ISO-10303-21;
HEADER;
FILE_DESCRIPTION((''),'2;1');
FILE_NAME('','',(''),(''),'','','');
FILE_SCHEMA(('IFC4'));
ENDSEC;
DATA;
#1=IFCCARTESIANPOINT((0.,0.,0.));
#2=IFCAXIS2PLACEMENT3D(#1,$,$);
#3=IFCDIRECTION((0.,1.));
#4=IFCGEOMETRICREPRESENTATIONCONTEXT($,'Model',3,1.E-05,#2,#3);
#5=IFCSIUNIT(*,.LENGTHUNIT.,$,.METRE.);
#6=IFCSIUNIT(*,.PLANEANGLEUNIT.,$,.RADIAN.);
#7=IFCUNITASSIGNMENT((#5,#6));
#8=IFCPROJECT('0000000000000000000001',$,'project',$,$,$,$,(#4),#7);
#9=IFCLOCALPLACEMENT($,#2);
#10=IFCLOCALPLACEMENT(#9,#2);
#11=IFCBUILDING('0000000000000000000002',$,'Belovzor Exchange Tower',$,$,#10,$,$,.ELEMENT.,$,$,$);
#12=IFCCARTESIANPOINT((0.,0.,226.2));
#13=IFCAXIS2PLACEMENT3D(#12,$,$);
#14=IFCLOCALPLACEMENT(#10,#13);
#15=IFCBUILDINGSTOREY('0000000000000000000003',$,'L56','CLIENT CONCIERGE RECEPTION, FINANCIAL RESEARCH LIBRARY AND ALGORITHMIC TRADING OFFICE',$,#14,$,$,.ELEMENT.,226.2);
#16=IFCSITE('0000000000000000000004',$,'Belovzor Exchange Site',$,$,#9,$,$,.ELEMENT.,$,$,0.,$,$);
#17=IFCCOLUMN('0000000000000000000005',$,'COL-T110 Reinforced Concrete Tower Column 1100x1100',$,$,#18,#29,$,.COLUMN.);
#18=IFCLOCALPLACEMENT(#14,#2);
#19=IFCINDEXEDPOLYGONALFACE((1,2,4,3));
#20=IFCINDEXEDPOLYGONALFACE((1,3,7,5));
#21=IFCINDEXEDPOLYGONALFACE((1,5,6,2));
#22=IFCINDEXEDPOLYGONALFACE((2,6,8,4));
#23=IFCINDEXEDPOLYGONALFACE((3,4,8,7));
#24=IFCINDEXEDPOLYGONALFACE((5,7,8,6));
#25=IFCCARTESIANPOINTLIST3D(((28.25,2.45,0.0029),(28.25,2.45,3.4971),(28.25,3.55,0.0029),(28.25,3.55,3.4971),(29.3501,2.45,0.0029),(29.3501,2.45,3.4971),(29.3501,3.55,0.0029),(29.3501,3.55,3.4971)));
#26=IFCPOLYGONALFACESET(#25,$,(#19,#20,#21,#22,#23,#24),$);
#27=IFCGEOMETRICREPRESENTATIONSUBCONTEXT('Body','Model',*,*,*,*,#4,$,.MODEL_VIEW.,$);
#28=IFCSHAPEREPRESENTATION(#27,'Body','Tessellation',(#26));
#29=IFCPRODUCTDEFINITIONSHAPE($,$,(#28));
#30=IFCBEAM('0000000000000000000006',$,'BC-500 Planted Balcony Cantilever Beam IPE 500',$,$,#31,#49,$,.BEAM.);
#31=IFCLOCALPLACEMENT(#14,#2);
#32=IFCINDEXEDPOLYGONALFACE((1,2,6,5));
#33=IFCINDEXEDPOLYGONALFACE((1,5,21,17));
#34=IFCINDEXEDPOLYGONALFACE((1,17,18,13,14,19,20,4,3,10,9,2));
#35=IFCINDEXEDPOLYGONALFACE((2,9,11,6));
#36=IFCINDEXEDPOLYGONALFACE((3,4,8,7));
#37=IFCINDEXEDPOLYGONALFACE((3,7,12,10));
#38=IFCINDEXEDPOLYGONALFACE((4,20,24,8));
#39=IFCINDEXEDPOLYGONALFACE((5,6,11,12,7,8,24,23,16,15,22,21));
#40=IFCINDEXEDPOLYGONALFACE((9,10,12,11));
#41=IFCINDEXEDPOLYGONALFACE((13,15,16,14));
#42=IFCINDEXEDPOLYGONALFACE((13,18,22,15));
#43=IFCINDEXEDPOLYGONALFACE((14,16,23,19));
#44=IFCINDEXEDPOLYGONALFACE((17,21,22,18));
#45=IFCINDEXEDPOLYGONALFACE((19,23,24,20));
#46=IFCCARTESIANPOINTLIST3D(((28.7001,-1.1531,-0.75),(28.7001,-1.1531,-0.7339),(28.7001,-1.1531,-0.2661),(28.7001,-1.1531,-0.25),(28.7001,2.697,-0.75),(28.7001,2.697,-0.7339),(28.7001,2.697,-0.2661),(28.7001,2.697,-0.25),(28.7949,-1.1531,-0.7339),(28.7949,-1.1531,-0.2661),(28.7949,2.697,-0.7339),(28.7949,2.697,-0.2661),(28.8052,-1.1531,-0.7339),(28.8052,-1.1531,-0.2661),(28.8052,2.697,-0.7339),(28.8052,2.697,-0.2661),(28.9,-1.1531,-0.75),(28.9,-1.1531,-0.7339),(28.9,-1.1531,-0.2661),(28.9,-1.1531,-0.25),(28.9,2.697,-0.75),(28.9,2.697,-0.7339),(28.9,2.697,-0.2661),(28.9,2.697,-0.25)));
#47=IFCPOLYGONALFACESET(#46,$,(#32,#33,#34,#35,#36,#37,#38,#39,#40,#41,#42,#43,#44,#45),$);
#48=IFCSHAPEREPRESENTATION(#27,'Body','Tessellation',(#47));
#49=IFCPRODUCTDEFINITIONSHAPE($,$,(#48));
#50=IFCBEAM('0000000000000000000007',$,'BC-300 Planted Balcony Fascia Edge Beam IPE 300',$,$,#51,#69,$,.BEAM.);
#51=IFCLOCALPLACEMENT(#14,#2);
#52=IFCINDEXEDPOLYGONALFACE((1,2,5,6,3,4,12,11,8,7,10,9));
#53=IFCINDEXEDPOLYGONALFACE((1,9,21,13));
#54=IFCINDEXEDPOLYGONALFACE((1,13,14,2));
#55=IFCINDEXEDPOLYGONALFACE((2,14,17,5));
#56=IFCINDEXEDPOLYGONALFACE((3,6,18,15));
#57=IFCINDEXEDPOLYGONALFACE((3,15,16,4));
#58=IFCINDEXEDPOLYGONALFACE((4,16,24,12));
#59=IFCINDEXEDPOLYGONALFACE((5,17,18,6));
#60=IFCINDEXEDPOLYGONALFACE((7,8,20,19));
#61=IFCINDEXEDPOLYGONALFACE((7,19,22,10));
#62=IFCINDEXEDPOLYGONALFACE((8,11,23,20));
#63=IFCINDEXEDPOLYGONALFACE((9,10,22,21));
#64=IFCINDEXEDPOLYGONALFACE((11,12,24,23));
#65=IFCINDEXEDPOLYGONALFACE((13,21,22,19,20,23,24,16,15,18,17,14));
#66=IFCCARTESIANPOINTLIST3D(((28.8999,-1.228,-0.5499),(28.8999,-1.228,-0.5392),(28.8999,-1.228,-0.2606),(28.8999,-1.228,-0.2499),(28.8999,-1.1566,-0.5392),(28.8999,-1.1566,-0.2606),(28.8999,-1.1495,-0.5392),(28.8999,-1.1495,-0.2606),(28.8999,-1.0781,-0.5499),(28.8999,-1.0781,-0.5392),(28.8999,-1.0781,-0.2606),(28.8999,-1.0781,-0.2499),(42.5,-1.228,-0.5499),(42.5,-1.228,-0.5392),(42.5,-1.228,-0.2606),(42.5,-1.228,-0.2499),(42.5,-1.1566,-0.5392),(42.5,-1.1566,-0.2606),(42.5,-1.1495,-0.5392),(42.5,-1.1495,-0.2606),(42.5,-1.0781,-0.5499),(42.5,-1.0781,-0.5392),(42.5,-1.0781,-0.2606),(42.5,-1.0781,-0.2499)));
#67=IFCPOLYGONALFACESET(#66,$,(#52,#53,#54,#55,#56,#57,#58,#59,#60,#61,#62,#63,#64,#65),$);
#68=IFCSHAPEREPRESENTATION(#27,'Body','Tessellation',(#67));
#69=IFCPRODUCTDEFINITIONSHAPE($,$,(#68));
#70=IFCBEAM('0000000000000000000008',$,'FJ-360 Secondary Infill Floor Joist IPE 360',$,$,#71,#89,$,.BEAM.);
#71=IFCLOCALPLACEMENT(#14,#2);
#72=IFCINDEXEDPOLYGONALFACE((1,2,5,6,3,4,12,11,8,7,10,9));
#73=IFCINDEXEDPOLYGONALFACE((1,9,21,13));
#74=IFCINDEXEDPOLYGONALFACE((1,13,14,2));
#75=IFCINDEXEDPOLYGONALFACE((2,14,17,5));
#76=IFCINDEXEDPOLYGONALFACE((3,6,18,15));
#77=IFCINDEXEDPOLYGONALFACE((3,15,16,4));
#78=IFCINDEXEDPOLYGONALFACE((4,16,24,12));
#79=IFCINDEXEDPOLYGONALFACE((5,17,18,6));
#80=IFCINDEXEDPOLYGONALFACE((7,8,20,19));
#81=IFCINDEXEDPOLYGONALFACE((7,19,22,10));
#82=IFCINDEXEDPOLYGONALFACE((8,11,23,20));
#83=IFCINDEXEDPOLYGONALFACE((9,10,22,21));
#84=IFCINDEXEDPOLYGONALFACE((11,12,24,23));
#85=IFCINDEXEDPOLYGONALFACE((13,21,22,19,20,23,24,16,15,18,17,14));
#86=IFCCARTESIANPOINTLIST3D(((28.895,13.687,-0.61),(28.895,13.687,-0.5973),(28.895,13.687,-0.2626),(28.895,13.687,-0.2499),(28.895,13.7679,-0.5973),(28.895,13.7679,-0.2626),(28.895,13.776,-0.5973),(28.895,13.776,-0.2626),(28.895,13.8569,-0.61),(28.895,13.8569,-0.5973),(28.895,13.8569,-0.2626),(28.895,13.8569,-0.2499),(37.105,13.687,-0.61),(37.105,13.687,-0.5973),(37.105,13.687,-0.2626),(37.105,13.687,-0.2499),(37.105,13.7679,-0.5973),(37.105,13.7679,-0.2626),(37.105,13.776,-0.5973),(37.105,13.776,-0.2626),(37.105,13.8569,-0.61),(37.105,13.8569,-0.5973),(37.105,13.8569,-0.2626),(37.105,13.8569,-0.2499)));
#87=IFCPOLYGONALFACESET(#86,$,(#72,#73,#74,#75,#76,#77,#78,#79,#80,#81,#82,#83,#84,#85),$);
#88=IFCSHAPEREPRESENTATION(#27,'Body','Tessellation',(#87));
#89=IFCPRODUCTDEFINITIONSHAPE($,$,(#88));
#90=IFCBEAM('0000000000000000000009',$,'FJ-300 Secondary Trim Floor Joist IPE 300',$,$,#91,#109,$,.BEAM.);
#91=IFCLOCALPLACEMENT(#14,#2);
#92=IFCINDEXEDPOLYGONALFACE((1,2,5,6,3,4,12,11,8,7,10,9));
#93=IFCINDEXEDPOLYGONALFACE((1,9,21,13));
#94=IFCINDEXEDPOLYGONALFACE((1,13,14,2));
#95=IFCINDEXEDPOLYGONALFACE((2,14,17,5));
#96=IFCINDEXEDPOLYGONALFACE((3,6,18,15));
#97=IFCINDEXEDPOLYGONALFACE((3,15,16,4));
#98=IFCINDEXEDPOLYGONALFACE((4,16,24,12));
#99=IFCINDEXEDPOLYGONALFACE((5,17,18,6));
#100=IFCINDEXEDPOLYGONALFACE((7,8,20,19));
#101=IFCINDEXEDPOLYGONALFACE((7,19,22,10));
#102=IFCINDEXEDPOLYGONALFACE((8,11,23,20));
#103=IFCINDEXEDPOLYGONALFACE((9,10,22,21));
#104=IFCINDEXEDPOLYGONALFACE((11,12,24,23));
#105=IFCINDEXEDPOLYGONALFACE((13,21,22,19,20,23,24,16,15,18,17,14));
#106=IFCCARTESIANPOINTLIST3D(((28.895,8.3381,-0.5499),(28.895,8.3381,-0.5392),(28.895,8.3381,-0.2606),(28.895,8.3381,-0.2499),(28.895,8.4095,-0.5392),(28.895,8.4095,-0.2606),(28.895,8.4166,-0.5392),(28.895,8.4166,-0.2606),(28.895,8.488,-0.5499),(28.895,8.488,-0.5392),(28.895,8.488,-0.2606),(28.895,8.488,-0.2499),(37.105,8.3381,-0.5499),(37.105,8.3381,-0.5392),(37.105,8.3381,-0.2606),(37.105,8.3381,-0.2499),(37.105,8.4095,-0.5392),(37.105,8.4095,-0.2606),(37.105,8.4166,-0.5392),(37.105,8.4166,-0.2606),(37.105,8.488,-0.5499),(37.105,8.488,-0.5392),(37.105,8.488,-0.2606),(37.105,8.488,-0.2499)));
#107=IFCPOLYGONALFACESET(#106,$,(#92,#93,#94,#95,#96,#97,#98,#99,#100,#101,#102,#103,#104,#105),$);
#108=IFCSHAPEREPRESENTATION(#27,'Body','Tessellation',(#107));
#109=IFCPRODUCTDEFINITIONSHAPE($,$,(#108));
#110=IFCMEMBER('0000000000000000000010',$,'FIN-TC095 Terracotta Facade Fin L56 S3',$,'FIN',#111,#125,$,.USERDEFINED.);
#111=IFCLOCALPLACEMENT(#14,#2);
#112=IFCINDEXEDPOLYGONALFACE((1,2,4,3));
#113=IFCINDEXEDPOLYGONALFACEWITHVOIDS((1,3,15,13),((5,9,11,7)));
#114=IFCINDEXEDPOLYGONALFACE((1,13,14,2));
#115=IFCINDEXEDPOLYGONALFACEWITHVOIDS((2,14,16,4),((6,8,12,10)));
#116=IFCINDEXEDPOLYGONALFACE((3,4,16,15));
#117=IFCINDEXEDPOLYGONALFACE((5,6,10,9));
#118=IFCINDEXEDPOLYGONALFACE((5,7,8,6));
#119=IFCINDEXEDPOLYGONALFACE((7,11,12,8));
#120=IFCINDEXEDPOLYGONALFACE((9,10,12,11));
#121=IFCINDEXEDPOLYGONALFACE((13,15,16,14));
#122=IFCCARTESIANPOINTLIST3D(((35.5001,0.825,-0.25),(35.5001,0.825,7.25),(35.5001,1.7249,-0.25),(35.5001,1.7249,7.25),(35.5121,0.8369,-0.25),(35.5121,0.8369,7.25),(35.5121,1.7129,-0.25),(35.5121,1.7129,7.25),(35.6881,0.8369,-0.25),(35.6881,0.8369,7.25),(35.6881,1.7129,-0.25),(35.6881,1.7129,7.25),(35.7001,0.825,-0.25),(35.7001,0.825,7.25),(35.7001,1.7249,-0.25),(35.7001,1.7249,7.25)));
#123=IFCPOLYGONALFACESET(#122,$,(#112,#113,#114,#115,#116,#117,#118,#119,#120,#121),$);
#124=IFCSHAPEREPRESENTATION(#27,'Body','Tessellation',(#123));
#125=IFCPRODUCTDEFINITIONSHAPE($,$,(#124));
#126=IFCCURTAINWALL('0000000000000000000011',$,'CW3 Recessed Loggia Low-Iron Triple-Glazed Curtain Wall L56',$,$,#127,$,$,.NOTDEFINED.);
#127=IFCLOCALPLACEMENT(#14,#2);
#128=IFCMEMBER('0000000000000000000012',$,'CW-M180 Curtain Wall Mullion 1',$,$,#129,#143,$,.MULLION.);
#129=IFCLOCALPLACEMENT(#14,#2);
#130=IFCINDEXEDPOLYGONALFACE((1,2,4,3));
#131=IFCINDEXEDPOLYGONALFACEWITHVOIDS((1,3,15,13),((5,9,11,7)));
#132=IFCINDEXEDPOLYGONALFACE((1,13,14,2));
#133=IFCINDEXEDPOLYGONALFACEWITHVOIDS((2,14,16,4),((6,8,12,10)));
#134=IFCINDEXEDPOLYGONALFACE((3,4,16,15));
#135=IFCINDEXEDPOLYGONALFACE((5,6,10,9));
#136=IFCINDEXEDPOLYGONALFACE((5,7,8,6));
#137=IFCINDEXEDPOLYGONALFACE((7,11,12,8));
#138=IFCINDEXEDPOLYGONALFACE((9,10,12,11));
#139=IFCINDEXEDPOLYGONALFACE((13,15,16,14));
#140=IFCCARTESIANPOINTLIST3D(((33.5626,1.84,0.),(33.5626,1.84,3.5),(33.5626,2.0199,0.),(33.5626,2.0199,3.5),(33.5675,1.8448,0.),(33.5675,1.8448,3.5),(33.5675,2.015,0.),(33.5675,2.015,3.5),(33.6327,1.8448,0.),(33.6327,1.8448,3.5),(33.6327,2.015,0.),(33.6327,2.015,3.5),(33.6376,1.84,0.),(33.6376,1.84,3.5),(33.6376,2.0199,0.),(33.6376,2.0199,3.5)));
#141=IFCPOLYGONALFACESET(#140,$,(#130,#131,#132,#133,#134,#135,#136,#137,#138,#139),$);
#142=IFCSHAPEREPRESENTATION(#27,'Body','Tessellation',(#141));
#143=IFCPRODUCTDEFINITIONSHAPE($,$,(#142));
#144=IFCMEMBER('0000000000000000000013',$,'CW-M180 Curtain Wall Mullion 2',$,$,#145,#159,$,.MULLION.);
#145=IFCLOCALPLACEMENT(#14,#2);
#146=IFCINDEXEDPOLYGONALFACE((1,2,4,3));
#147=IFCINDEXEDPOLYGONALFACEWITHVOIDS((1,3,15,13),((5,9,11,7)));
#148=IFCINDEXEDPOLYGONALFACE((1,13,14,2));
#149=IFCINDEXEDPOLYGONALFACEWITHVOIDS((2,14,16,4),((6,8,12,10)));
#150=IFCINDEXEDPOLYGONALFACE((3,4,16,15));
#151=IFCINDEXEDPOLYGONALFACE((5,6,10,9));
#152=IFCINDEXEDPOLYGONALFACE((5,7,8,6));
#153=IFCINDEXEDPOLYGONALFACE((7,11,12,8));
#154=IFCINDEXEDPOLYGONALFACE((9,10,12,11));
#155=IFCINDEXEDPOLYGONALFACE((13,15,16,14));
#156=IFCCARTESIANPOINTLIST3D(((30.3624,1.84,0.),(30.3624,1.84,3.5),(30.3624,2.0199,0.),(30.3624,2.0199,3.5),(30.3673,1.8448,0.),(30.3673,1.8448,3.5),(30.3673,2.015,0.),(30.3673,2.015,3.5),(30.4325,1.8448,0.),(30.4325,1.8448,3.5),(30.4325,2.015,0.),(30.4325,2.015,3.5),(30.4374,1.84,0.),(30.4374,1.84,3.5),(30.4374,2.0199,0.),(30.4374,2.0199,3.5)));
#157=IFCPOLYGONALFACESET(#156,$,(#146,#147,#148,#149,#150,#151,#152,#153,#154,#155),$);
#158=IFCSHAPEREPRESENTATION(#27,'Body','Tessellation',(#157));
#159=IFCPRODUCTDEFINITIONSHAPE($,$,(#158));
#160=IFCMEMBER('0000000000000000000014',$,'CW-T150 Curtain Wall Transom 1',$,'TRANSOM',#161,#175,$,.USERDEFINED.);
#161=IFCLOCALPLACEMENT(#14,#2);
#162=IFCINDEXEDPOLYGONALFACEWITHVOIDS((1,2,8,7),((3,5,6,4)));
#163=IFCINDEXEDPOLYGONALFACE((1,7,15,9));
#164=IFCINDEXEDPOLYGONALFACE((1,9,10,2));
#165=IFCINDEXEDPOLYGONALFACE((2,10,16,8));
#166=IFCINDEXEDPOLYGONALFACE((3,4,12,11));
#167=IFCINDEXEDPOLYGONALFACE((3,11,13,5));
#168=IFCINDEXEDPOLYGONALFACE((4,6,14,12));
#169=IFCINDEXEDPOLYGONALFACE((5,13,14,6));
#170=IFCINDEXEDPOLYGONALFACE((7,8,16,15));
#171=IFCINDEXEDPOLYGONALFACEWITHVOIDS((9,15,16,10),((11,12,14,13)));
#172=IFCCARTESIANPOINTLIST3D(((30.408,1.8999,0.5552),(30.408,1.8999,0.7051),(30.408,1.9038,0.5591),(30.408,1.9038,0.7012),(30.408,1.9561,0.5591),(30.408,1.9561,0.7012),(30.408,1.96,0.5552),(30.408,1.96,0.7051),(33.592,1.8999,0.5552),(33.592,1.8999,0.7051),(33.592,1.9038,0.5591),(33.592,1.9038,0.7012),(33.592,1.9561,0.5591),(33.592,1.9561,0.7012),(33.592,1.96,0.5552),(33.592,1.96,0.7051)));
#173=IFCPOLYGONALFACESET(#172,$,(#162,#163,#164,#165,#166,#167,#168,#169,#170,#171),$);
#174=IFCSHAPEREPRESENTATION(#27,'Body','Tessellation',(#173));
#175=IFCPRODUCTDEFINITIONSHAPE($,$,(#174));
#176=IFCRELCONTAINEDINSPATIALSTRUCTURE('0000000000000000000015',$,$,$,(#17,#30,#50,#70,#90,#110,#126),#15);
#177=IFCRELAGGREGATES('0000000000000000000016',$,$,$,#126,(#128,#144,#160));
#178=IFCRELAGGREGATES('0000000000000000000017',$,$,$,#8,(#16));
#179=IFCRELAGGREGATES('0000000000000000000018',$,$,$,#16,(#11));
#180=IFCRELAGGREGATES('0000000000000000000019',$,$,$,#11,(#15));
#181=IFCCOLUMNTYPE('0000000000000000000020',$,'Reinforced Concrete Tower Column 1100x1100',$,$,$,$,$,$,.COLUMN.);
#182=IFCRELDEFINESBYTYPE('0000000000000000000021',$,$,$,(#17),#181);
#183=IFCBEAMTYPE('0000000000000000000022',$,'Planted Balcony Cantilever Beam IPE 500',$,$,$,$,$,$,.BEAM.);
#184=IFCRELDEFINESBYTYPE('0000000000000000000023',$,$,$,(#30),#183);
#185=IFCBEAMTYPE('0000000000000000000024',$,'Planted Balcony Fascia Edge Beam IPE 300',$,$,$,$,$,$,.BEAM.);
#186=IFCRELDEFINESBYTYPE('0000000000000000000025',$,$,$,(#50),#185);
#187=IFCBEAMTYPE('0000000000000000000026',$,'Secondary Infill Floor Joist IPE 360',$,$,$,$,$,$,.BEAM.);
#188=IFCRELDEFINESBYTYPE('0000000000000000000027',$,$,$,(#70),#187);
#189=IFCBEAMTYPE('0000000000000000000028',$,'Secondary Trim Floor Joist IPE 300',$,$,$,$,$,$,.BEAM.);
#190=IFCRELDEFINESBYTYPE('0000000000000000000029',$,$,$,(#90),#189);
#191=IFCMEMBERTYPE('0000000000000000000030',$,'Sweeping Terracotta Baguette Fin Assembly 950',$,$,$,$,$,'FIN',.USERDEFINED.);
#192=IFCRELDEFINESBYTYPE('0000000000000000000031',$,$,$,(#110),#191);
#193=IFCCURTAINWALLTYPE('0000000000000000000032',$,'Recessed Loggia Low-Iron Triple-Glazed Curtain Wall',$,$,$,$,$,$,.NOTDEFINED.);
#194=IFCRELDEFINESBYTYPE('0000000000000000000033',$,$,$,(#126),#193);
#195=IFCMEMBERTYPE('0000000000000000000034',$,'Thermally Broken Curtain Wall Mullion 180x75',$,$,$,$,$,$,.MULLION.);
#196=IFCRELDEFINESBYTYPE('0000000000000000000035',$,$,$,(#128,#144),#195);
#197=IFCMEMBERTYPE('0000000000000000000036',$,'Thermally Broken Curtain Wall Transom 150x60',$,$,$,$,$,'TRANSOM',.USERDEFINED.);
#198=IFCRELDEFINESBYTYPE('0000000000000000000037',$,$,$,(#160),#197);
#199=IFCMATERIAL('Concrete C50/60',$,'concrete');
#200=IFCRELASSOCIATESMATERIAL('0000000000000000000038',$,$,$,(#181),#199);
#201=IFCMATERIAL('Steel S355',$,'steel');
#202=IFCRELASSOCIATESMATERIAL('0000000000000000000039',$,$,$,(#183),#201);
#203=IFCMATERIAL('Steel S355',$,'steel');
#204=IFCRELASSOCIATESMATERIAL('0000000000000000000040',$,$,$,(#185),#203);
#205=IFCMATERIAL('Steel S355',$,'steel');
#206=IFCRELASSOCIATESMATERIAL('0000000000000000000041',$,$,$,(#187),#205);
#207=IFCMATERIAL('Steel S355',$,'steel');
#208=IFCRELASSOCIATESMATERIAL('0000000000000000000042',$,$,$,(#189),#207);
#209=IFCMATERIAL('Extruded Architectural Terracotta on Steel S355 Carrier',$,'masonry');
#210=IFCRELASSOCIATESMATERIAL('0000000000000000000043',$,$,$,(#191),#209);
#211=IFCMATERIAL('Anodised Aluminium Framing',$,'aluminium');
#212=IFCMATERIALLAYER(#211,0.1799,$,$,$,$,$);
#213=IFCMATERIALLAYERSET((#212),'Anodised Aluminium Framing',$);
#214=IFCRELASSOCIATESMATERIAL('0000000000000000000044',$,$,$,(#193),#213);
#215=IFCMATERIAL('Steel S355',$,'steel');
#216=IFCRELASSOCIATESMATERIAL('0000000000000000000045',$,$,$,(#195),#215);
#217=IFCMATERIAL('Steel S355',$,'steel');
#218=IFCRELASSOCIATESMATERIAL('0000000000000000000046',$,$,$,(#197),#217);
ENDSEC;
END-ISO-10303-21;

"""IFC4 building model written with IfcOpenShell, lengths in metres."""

from ifc_helpers import new_model, si_unit, direction, frame, origin, origin_2d, place, context, subcontext, project, spatial, rectangle, hollow_rectangle, i_section, extrude, material, layer, layer_set, material_profile, profile_set, type_object, element, aggregate, save


model = new_model("IFC4")

# Units and contexts
model_context = context("Model", 3, precision=1e-05, world=origin(), true_north=direction((0.0, 1.0)))
body_context = subcontext(model_context, "Body", "Model", "MODEL_VIEW")
ifc_project = project(units=[si_unit("LENGTHUNIT", "METRE"), si_unit("PLANEANGLEUNIT", "RADIAN")], contexts=[model_context])

# Site, building, storey
site_placement = place(None, origin())
site = spatial("IfcSite", under=ifc_project, at=site_placement, Name="Belovzor Exchange Site", CompositionType="ELEMENT", RefElevation=0.0)
building_placement = place(site_placement, origin())
building = spatial("IfcBuilding", under=site, at=building_placement, Name="Belovzor Exchange Tower", CompositionType="ELEMENT")
storey_placement = place(building_placement, frame((0.0, 0.0, 226.2)))
storey = spatial("IfcBuildingStorey", under=building, at=storey_placement, Name="L56", Description="CLIENT CONCIERGE RECEPTION, FINANCIAL RESEARCH LIBRARY AND ALGORITHMIC TRADING OFFICE", CompositionType="ELEMENT", Elevation=226.2)

# Column
ifc_material_1 = material(Name="Concrete C50/60", Category="concrete")
ifc_material_profile_1 = material_profile(ifc_material_1, rectangle(XDim=1.1001, YDim=1.1001, at=origin_2d()))
ifc_profile_set_1 = profile_set([ifc_material_profile_1], Name="Concrete C50/60")
column_type = type_object("IfcColumnType", Name="Reinforced Concrete Tower Column 1100x1100", PredefinedType="COLUMN", material=ifc_profile_set_1)
column_placement = place(storey_placement, frame((28.8, 3.0, 0.0029), z_axis=(0.0, 0.0, 1.0), x_axis=(1.0, 0.0, 0.0)))
element("IfcColumn", 1, at=column_placement, inside=storey, type_object=column_type, Name="COL-T110 Reinforced Concrete Tower Column 1100x1100", PredefinedType="COLUMN", context=body_context, shape_type="SweptSolid", body=[
    extrude(rectangle(XDim=1.1001, YDim=1.1001, at=origin_2d()), origin(), (0.0, 0.0, 1.0), 3.4941),
])

# Beams
ifc_material_2 = material(Name="Steel S355", Category="steel")
ifc_material_profile_2 = material_profile(ifc_material_2, i_section(OverallWidth=0.2, OverallDepth=0.5, WebThickness=0.0103, FlangeThickness=0.0161, at=origin_2d()))
ifc_profile_set_2 = profile_set([ifc_material_profile_2], Name="Steel S355")
beam_type_1 = type_object("IfcBeamType", Name="Planted Balcony Cantilever Beam IPE 500", PredefinedType="BEAM", material=ifc_profile_set_2)
beam_1_placement = place(storey_placement, frame((28.8, 2.697, -0.5), z_axis=(0.0, -1.0, 0.0), x_axis=(1.0, 0.0, 0.0)))
element("IfcBeam", 2, at=beam_1_placement, inside=storey, type_object=beam_type_1, Name="BC-500 Planted Balcony Cantilever Beam IPE 500", PredefinedType="BEAM", context=body_context, shape_type="SweptSolid", body=[
    extrude(i_section(OverallWidth=0.2, OverallDepth=0.5, WebThickness=0.0103, FlangeThickness=0.0161, at=origin_2d()), origin(), (0.0, 0.0, 1.0), 3.8501),
])
ifc_material_3 = material(Name="Steel S355", Category="steel")
ifc_material_profile_3 = material_profile(ifc_material_3, i_section(OverallWidth=0.1499, OverallDepth=0.3, WebThickness=0.0071, FlangeThickness=0.0107, at=origin_2d()))
ifc_profile_set_3 = profile_set([ifc_material_profile_3], Name="Steel S355")
beam_type_2 = type_object("IfcBeamType", Name="Planted Balcony Fascia Edge Beam IPE 300", PredefinedType="BEAM", material=ifc_profile_set_3)
beam_2_placement = place(storey_placement, frame((28.8999, -1.1531, -0.3999), z_axis=(1.0, 0.0, 0.0), x_axis=(0.0, 1.0, 0.0)))
element("IfcBeam", 3, at=beam_2_placement, inside=storey, type_object=beam_type_2, Name="BC-300 Planted Balcony Fascia Edge Beam IPE 300", PredefinedType="BEAM", context=body_context, shape_type="SweptSolid", body=[
    extrude(i_section(OverallWidth=0.1499, OverallDepth=0.3, WebThickness=0.0071, FlangeThickness=0.0107, at=origin_2d()), origin(), (0.0, 0.0, 1.0), 13.6001),
])
ifc_material_4 = material(Name="Steel S355", Category="steel")
ifc_material_profile_4 = material_profile(ifc_material_4, i_section(OverallWidth=0.1699, OverallDepth=0.3601, WebThickness=0.0081, FlangeThickness=0.0127, at=origin_2d()))
ifc_profile_set_4 = profile_set([ifc_material_profile_4], Name="Steel S355")
beam_type_3 = type_object("IfcBeamType", Name="Secondary Infill Floor Joist IPE 360", PredefinedType="BEAM", material=ifc_profile_set_4)
beam_3_placement = place(storey_placement, frame((28.895, 13.772, -0.4299), z_axis=(1.0, 0.0, 0.0), x_axis=(0.0, 1.0, 0.0)))
element("IfcBeam", 4, at=beam_3_placement, inside=storey, type_object=beam_type_3, Name="FJ-360 Secondary Infill Floor Joist IPE 360", PredefinedType="BEAM", context=body_context, shape_type="SweptSolid", body=[
    extrude(i_section(OverallWidth=0.1699, OverallDepth=0.3601, WebThickness=0.0081, FlangeThickness=0.0127, at=origin_2d()), origin(), (0.0, 0.0, 1.0), 8.21),
])
ifc_material_5 = material(Name="Steel S355", Category="steel")
ifc_material_profile_5 = material_profile(ifc_material_5, i_section(OverallWidth=0.1499, OverallDepth=0.3, WebThickness=0.0071, FlangeThickness=0.0107, at=origin_2d()))
ifc_profile_set_5 = profile_set([ifc_material_profile_5], Name="Steel S355")
beam_type_4 = type_object("IfcBeamType", Name="Secondary Trim Floor Joist IPE 300", PredefinedType="BEAM", material=ifc_profile_set_5)
beam_4_placement = place(storey_placement, frame((28.895, 8.4131, -0.3999), z_axis=(1.0, 0.0, 0.0), x_axis=(0.0, 1.0, 0.0)))
element("IfcBeam", 5, at=beam_4_placement, inside=storey, type_object=beam_type_4, Name="FJ-300 Secondary Trim Floor Joist IPE 300", PredefinedType="BEAM", context=body_context, shape_type="SweptSolid", body=[
    extrude(i_section(OverallWidth=0.1499, OverallDepth=0.3, WebThickness=0.0071, FlangeThickness=0.0107, at=origin_2d()), origin(), (0.0, 0.0, 1.0), 8.21),
])

# Member
ifc_material_6 = material(Name="Extruded Architectural Terracotta on Steel S355 Carrier", Category="masonry")
ifc_material_profile_6 = material_profile(ifc_material_6, hollow_rectangle(XDim=0.2, YDim=0.8999, WallThickness=0.012, at=origin_2d()))
ifc_profile_set_6 = profile_set([ifc_material_profile_6], Name="Extruded Architectural Terracotta on Steel S355 Carrier")
member_type_1 = type_object("IfcMemberType", Name="Sweeping Terracotta Baguette Fin Assembly 950", ElementType="FIN", PredefinedType="USERDEFINED", material=ifc_profile_set_6)
member_1_placement = place(storey_placement, frame((35.6001, 1.2749, -0.25), z_axis=(0.0, 0.0, 1.0), x_axis=(1.0, 0.0, 0.0)))
element("IfcMember", 6, at=member_1_placement, inside=storey, type_object=member_type_1, Name="FIN-TC095 Terracotta Facade Fin L56 S3", ObjectType="FIN", PredefinedType="USERDEFINED", context=body_context, shape_type="SweptSolid", body=[
    extrude(hollow_rectangle(XDim=0.2, YDim=0.8999, WallThickness=0.012, at=origin_2d()), origin(), (0.0, 0.0, 1.0), 7.5),
])

# Curtain wall, members
ifc_material_7 = material(Name="Anodised Aluminium Framing", Category="aluminium")
ifc_layer_1 = layer(ifc_material_7, 0.1799)
ifc_layer_set_1 = layer_set([ifc_layer_1], Name="Anodised Aluminium Framing")
curtain_wall_type = type_object("IfcCurtainWallType", Name="Recessed Loggia Low-Iron Triple-Glazed Curtain Wall", PredefinedType="NOTDEFINED", material=ifc_layer_set_1)
curtain_wall_placement = place(storey_placement, origin())
curtain_wall = element("IfcCurtainWall", 7, at=curtain_wall_placement, inside=storey, type_object=curtain_wall_type, Name="CW3 Recessed Loggia Low-Iron Triple-Glazed Curtain Wall L56", PredefinedType="NOTDEFINED")
ifc_material_8 = material(Name="Steel S355", Category="steel")
ifc_material_profile_7 = material_profile(ifc_material_8, hollow_rectangle(XDim=0.075, YDim=0.1799, WallThickness=0.0049, at=origin_2d()))
ifc_profile_set_7 = profile_set([ifc_material_profile_7], Name="Steel S355")
member_type_2 = type_object("IfcMemberType", Name="Thermally Broken Curtain Wall Mullion 180x75", PredefinedType="MULLION", material=ifc_profile_set_7)
member_2_placement = place(storey_placement, frame((33.6001, 1.9299, 0.0), z_axis=(0.0, 0.0, 1.0), x_axis=(-1.0, 0.0, 0.0)))
member_2 = element("IfcMember", 8, at=member_2_placement, type_object=member_type_2, Name="CW-M180 Curtain Wall Mullion 1", PredefinedType="MULLION", context=body_context, shape_type="SweptSolid", body=[
    extrude(hollow_rectangle(XDim=0.075, YDim=0.1799, WallThickness=0.0049, at=origin_2d()), origin(), (0.0, 0.0, 1.0), 3.5),
])
member_3_placement = place(storey_placement, frame((30.3999, 1.9299, 0.0), z_axis=(0.0, 0.0, 1.0), x_axis=(-1.0, 0.0, 0.0)))
member_3 = element("IfcMember", 9, at=member_3_placement, type_object=member_type_2, Name="CW-M180 Curtain Wall Mullion 2", PredefinedType="MULLION", context=body_context, shape_type="SweptSolid", body=[
    extrude(hollow_rectangle(XDim=0.075, YDim=0.1799, WallThickness=0.0049, at=origin_2d()), origin(), (0.0, 0.0, 1.0), 3.5),
])
ifc_material_9 = material(Name="Steel S355", Category="steel")
ifc_material_profile_8 = material_profile(ifc_material_9, hollow_rectangle(XDim=0.0601, YDim=0.1499, WallThickness=0.0039, at=origin_2d()))
ifc_profile_set_8 = profile_set([ifc_material_profile_8], Name="Steel S355")
member_type_3 = type_object("IfcMemberType", Name="Thermally Broken Curtain Wall Transom 150x60", ElementType="TRANSOM", PredefinedType="USERDEFINED", material=ifc_profile_set_8)
member_4_placement = place(storey_placement, frame((33.592, 1.9299, 0.6301), z_axis=(-1.0, 0.0, 0.0), x_axis=(0.0, -1.0, 0.0)))
member_4 = element("IfcMember", 10, at=member_4_placement, type_object=member_type_3, Name="CW-T150 Curtain Wall Transom 1", ObjectType="TRANSOM", PredefinedType="USERDEFINED", context=body_context, shape_type="SweptSolid", body=[
    extrude(hollow_rectangle(XDim=0.0601, YDim=0.1499, WallThickness=0.0039, at=origin_2d()), origin(), (0.0, 0.0, 1.0), 3.1841),
])

aggregate(curtain_wall, [member_2, member_3, member_4])

save(model, "model.ifc")
